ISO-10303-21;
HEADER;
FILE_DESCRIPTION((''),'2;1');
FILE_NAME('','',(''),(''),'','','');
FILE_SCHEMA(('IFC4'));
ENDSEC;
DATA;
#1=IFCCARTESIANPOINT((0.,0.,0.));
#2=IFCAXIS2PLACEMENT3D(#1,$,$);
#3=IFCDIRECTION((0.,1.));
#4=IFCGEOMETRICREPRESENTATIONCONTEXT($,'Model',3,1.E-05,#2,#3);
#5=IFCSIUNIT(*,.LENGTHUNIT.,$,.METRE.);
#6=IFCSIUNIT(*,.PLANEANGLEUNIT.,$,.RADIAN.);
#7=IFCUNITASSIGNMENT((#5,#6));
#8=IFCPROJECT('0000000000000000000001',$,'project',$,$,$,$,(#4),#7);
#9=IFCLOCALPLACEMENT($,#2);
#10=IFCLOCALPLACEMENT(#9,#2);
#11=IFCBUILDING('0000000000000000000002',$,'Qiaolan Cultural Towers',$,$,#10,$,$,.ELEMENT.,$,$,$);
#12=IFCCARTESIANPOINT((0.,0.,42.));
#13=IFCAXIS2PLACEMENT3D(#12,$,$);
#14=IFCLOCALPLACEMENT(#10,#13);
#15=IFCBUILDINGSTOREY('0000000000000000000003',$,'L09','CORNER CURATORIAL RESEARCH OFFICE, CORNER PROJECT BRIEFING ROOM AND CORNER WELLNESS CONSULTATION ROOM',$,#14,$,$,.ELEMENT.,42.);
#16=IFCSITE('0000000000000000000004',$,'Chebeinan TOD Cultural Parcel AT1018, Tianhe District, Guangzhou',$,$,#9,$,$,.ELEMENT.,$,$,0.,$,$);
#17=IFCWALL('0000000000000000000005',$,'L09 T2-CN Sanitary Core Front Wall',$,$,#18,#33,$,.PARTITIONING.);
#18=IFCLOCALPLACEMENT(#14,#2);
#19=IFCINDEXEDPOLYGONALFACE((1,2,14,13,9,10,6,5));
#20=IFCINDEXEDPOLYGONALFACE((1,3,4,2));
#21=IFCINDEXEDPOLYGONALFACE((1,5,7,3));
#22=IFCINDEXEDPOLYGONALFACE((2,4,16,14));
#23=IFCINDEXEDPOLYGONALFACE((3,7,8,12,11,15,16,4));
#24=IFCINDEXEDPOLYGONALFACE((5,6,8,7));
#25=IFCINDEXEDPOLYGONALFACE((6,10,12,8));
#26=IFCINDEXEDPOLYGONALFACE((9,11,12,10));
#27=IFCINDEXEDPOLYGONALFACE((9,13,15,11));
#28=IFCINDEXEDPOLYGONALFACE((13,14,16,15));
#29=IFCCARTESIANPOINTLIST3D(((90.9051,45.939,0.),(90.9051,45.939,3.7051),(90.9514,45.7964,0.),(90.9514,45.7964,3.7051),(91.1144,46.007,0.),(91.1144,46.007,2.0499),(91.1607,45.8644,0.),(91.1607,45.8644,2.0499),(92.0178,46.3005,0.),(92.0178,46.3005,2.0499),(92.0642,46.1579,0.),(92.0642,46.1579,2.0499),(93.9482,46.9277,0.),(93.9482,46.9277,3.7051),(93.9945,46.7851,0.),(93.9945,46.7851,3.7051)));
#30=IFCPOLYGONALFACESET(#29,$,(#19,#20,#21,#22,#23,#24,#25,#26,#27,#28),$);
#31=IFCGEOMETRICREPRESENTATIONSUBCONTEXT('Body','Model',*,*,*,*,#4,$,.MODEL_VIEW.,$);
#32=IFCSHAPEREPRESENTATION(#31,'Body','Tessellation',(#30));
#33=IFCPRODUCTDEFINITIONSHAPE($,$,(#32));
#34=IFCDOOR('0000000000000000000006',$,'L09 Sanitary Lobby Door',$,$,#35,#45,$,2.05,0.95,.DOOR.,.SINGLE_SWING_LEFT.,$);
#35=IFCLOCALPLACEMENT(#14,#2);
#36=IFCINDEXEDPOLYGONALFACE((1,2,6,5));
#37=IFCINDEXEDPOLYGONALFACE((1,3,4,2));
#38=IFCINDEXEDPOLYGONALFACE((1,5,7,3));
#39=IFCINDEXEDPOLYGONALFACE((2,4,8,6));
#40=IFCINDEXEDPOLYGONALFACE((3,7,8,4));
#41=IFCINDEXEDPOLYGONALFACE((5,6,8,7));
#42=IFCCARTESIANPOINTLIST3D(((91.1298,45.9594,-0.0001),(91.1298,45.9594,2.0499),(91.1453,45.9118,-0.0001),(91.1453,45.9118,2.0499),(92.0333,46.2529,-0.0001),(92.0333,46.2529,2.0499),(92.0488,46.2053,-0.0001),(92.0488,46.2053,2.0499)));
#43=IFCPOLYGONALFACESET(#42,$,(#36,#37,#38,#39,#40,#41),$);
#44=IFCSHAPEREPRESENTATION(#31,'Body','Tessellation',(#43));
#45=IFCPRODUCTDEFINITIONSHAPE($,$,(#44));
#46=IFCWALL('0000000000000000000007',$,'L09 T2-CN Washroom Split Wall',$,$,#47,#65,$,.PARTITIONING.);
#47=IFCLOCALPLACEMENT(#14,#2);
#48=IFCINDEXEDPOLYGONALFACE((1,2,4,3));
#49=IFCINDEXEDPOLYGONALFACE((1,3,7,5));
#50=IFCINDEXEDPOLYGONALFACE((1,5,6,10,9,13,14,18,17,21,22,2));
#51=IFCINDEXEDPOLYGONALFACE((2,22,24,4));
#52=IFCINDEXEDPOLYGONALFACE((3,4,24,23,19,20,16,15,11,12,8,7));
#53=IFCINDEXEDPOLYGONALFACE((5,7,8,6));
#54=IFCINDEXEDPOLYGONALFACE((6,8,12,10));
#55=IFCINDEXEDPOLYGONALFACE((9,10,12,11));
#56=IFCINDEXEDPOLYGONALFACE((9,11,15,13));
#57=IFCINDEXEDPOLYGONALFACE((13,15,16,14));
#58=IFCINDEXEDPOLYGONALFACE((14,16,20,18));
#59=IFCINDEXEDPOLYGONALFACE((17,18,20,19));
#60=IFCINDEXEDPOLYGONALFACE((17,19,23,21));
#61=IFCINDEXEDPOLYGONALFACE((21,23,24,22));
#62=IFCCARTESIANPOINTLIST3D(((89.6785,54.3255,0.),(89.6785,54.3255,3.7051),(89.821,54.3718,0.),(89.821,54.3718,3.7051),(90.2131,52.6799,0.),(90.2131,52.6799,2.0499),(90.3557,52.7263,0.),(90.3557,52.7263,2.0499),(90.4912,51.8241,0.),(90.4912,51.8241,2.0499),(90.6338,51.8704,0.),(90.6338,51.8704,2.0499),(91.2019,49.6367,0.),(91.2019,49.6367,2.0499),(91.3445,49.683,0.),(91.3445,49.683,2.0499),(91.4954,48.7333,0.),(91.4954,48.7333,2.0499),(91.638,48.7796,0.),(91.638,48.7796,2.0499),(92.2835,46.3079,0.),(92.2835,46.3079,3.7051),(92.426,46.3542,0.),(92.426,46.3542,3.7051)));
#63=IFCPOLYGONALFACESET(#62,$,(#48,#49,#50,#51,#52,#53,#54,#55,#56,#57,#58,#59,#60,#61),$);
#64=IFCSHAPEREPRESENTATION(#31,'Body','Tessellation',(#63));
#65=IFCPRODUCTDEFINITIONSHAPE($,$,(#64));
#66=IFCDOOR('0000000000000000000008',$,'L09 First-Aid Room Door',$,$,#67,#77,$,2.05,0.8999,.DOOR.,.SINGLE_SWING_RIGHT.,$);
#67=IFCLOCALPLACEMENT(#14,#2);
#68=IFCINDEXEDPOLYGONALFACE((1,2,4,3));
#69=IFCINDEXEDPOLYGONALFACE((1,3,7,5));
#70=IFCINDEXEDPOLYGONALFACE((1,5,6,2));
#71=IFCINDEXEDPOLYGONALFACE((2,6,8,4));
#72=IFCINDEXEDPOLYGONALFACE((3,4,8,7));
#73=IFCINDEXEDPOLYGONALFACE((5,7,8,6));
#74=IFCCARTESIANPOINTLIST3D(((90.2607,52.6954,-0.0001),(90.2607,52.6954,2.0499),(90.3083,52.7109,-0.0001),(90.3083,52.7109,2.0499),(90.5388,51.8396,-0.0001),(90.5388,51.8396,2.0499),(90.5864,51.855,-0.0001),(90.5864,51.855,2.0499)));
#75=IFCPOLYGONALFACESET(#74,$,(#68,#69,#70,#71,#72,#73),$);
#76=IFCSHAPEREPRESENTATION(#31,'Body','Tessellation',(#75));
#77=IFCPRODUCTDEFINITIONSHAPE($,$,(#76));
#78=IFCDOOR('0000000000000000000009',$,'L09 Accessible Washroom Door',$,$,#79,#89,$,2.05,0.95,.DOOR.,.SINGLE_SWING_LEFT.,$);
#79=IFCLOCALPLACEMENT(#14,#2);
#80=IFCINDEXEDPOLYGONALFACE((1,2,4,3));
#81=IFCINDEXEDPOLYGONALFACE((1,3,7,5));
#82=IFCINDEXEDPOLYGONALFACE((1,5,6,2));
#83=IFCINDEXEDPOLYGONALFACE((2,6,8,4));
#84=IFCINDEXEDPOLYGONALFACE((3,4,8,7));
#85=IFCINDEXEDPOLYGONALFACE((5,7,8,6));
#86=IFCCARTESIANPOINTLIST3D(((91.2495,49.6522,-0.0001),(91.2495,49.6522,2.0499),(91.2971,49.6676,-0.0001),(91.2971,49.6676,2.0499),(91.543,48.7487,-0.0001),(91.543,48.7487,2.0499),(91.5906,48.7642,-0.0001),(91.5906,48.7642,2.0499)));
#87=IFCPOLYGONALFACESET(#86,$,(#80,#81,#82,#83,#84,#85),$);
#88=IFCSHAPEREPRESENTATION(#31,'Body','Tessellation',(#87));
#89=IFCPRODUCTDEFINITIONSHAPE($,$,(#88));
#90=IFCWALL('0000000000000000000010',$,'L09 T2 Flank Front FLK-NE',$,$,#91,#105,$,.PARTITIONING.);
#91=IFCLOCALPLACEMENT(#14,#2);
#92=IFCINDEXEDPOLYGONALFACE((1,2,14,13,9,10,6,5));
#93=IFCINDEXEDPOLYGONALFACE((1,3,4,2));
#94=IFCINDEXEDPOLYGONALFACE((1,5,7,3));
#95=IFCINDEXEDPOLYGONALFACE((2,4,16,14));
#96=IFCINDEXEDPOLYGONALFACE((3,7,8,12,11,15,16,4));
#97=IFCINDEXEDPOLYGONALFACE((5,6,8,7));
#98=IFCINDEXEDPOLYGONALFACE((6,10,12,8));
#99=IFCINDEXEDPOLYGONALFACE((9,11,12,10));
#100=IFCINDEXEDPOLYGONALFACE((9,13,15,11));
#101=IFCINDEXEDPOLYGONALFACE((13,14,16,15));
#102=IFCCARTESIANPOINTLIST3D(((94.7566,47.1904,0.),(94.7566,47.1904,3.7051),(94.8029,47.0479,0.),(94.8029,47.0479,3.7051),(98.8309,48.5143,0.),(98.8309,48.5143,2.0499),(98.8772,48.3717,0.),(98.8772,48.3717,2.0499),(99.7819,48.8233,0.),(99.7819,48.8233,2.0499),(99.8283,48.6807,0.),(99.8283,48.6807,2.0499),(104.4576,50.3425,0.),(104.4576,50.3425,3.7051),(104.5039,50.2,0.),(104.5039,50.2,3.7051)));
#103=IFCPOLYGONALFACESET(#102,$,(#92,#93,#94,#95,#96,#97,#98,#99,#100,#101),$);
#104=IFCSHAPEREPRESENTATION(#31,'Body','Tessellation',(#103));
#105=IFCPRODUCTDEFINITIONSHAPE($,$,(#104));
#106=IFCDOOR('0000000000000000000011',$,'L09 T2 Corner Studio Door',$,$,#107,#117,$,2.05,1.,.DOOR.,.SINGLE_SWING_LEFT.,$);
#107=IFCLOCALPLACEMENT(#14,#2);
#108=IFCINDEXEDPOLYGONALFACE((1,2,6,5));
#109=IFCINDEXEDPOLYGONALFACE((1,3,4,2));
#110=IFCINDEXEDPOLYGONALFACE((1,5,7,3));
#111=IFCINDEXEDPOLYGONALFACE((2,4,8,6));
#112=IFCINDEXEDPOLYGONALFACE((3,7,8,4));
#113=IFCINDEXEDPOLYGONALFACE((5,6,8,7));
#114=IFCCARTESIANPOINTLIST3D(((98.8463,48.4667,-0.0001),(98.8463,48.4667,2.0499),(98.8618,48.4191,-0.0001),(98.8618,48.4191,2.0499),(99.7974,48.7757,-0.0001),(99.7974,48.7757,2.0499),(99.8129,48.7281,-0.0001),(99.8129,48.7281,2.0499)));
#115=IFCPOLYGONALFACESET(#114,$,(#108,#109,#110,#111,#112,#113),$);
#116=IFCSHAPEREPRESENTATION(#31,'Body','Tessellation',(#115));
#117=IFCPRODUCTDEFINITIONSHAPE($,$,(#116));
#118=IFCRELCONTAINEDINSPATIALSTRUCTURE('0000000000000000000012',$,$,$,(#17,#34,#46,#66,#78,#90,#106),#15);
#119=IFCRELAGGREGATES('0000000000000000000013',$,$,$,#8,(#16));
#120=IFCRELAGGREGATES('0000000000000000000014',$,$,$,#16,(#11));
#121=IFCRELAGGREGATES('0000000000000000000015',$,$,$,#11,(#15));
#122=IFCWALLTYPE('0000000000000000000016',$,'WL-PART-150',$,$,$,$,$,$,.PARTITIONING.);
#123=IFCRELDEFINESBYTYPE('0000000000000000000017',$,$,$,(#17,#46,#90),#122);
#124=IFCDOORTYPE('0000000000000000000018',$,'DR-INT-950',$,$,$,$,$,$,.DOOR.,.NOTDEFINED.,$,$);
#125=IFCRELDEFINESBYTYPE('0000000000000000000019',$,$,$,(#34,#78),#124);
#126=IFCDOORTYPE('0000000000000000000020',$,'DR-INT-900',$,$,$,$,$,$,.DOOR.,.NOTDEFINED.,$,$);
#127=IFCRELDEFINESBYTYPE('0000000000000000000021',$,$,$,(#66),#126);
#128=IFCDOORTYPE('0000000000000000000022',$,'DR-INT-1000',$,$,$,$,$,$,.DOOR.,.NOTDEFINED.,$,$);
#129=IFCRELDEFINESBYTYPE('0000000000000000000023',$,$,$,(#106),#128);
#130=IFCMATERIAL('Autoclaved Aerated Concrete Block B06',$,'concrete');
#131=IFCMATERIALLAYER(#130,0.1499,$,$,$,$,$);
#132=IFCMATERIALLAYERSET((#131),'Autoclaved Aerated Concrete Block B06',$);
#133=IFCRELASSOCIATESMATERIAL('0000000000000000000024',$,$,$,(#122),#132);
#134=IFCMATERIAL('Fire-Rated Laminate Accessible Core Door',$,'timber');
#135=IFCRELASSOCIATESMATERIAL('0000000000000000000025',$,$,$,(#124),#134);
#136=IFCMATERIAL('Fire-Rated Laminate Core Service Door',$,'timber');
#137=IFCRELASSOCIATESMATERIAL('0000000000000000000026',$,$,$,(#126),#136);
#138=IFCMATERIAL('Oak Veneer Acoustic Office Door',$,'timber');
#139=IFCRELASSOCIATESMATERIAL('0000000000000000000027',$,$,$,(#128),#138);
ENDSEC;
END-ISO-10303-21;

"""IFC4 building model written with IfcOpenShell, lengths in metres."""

from ifc_helpers import new_model, si_unit, direction, frame, frame_2d, origin, place, context, subcontext, project, spatial, rectangle, extrude, material, layer, layer_set, type_object, element, fill, save


model = new_model("IFC4")

# Units and contexts
model_context = context("Model", 3, precision=1e-05, world=origin(), true_north=direction((0.0, 1.0)))
body_context = subcontext(model_context, "Body", "Model", "MODEL_VIEW")
ifc_project = project(units=[si_unit("LENGTHUNIT", "METRE"), si_unit("PLANEANGLEUNIT", "RADIAN")], contexts=[model_context])

# Site, building, storey
site_placement = place(None, origin())
site = spatial("IfcSite", under=ifc_project, at=site_placement, Name="Chebeinan TOD Cultural Parcel AT1018, Tianhe District, Guangzhou", CompositionType="ELEMENT", RefElevation=0.0)
building_placement = place(site_placement, origin())
building = spatial("IfcBuilding", under=site, at=building_placement, Name="Qiaolan Cultural Towers", CompositionType="ELEMENT")
storey_placement = place(building_placement, frame((0.0, 0.0, 42.0)))
storey = spatial("IfcBuildingStorey", under=building, at=storey_placement, Name="L09", Description="CORNER CURATORIAL RESEARCH OFFICE, CORNER PROJECT BRIEFING ROOM AND CORNER WELLNESS CONSULTATION ROOM", CompositionType="ELEMENT", Elevation=42.0)

# Wall, opening, door
ifc_material_1 = material(Name="Autoclaved Aerated Concrete Block B06", Category="concrete")
ifc_layer_1 = layer(ifc_material_1, 0.1499)
ifc_layer_set_1 = layer_set([ifc_layer_1], Name="Autoclaved Aerated Concrete Block B06")
wall_type_1 = type_object("IfcWallType", Name="WL-PART-150", PredefinedType="PARTITIONING", material=ifc_layer_set_1)
wall_1_placement = place(storey_placement, frame((90.9282, 45.8677, 0.0), z_axis=(0.0, 0.0, 1.0), x_axis=(0.951059, 0.309008, 0.0)))
wall_1 = element("IfcWall", 1, at=wall_1_placement, inside=storey, type_object=wall_type_1, Name="L09 T2-CN Sanitary Core Front Wall", PredefinedType="PARTITIONING", context=body_context, shape_type="SweptSolid", body=[
    extrude(rectangle(XDim=3.1997, YDim=0.1499, at=frame_2d((1.5999, 0.0))), origin(), (0.0, 0.0, 1.0), 3.7051),
])
opening_1_placement = place(wall_1_placement, frame((0.22, 0.0, 0.0)))
opening_1 = element("IfcOpeningElement", 2, at=opening_1_placement, cuts=wall_1, PredefinedType="OPENING", context=body_context, shape_type="SweptSolid", body=[
    extrude(rectangle(XDim=0.95, YDim=2.05, at=frame_2d((0.4751, 1.0249))), frame((0.0, 0.085, 0.0), z_axis=(0.0, -1.0, 0.0), x_axis=(1.0, 0.0, 0.0)), (0.0, 0.0, 1.0), 0.1699),
])
ifc_material_2 = material(Name="Fire-Rated Laminate Accessible Core Door", Category="timber")
door_type_1 = type_object("IfcDoorType", Name="DR-INT-950", OperationType="NOTDEFINED", PredefinedType="DOOR", material=ifc_material_2)
door_1_placement = place(opening_1_placement, origin())
door_1 = element("IfcDoor", 3, at=door_1_placement, inside=storey, type_object=door_type_1, Name="L09 Sanitary Lobby Door", OperationType="SINGLE_SWING_LEFT", OverallHeight=2.05, OverallWidth=0.95, PredefinedType="DOOR", context=body_context, shape_type="SweptSolid", body=[
    extrude(rectangle(XDim=0.95, YDim=2.05, at=frame_2d((0.4751, 1.0249))), frame((0.0, 0.0249, 0.0), z_axis=(0.0, -1.0, 0.0), x_axis=(1.0, 0.0, 0.0)), (0.0, 0.0, 1.0), 0.05),
])
fill(opening_1, door_1)

# Wall, openings, doors
wall_2_placement = place(storey_placement, frame((92.3547, 46.3311, 0.0), z_axis=(0.0, 0.0, 1.0), x_axis=(-0.309007, 0.95106, 0.0)))
wall_2 = element("IfcWall", 4, at=wall_2_placement, inside=storey, type_object=wall_type_1, Name="L09 T2-CN Washroom Split Wall", PredefinedType="PARTITIONING", context=body_context, shape_type="SweptSolid", body=[
    extrude(rectangle(XDim=8.4302, YDim=0.1499, at=frame_2d((4.2151, 0.0))), origin(), (0.0, 0.0, 1.0), 3.7051),
])
opening_2_placement = place(wall_2_placement, frame((2.55, 0.0, 0.0)))
opening_2 = element("IfcOpeningElement", 5, at=opening_2_placement, cuts=wall_2, PredefinedType="OPENING", context=body_context, shape_type="SweptSolid", body=[
    extrude(rectangle(XDim=0.95, YDim=2.05, at=frame_2d((0.4751, 1.0249))), frame((0.0, 0.085, 0.0), z_axis=(0.0, -1.0, 0.0), x_axis=(1.0, 0.0, 0.0)), (0.0, 0.0, 1.0), 0.1699),
])
opening_3_placement = place(wall_2_placement, frame((5.8, 0.0, 0.0)))
opening_3 = element("IfcOpeningElement", 6, at=opening_3_placement, cuts=wall_2, PredefinedType="OPENING", context=body_context, shape_type="SweptSolid", body=[
    extrude(rectangle(XDim=0.8999, YDim=2.05, at=frame_2d((0.45, 1.0249))), frame((0.0, 0.085, 0.0), z_axis=(0.0, -1.0, 0.0), x_axis=(1.0, 0.0, 0.0)), (0.0, 0.0, 1.0), 0.1699),
])
ifc_material_3 = material(Name="Fire-Rated Laminate Core Service Door", Category="timber")
door_type_2 = type_object("IfcDoorType", Name="DR-INT-900", OperationType="NOTDEFINED", PredefinedType="DOOR", material=ifc_material_3)
door_2_placement = place(opening_3_placement, origin())
door_2 = element("IfcDoor", 7, at=door_2_placement, inside=storey, type_object=door_type_2, Name="L09 First-Aid Room Door", OperationType="SINGLE_SWING_RIGHT", OverallHeight=2.05, OverallWidth=0.8999, PredefinedType="DOOR", context=body_context, shape_type="SweptSolid", body=[
    extrude(rectangle(XDim=0.8999, YDim=2.05, at=frame_2d((0.45, 1.0249))), frame((0.0, 0.0249, 0.0), z_axis=(0.0, -1.0, 0.0), x_axis=(1.0, 0.0, 0.0)), (0.0, 0.0, 1.0), 0.05),
])
fill(opening_3, door_2)
door_3_placement = place(opening_2_placement, origin())
door_3 = element("IfcDoor", 8, at=door_3_placement, inside=storey, type_object=door_type_1, Name="L09 Accessible Washroom Door", OperationType="SINGLE_SWING_LEFT", OverallHeight=2.05, OverallWidth=0.95, PredefinedType="DOOR", context=body_context, shape_type="SweptSolid", body=[
    extrude(rectangle(XDim=0.95, YDim=2.05, at=frame_2d((0.4751, 1.0249))), frame((0.0, 0.0249, 0.0), z_axis=(0.0, -1.0, 0.0), x_axis=(1.0, 0.0, 0.0)), (0.0, 0.0, 1.0), 0.05),
])
fill(opening_2, door_3)

# Wall, opening, door
wall_3_placement = place(storey_placement, frame((94.7798, 47.1191, 0.0), z_axis=(0.0, 0.0, 1.0), x_axis=(0.951054, 0.309024, 0.0)))
wall_3 = element("IfcWall", 9, at=wall_3_placement, inside=storey, type_object=wall_type_1, Name="L09 T2 Flank Front FLK-NE", PredefinedType="PARTITIONING", context=body_context, shape_type="SweptSolid", body=[
    extrude(rectangle(XDim=10.2002, YDim=0.1499, at=frame_2d((5.1001, 0.0))), origin(), (0.0, 0.0, 1.0), 3.7051),
])
opening_4_placement = place(wall_3_placement, frame((4.2839, 0.0, 0.0)))
opening_4 = element("IfcOpeningElement", 10, at=opening_4_placement, cuts=wall_3, PredefinedType="OPENING", context=body_context, shape_type="SweptSolid", body=[
    extrude(rectangle(XDim=1.0, YDim=2.05, at=frame_2d((0.5, 1.0249))), frame((0.0, 0.085, 0.0), z_axis=(0.0, -1.0, 0.0), x_axis=(1.0, 0.0, 0.0)), (0.0, 0.0, 1.0), 0.1699),
])
ifc_material_4 = material(Name="Oak Veneer Acoustic Office Door", Category="timber")
door_type_3 = type_object("IfcDoorType", Name="DR-INT-1000", OperationType="NOTDEFINED", PredefinedType="DOOR", material=ifc_material_4)
door_4_placement = place(opening_4_placement, origin())
door_4 = element("IfcDoor", 11, at=door_4_placement, inside=storey, type_object=door_type_3, Name="L09 T2 Corner Studio Door", OperationType="SINGLE_SWING_LEFT", OverallHeight=2.05, OverallWidth=1.0, PredefinedType="DOOR", context=body_context, shape_type="SweptSolid", body=[
    extrude(rectangle(XDim=1.0, YDim=2.05, at=frame_2d((0.5, 1.0249))), frame((0.0, 0.0249, 0.0), z_axis=(0.0, -1.0, 0.0), x_axis=(1.0, 0.0, 0.0)), (0.0, 0.0, 1.0), 0.05),
])
fill(opening_4, door_4)

save(model, "model.ifc")
